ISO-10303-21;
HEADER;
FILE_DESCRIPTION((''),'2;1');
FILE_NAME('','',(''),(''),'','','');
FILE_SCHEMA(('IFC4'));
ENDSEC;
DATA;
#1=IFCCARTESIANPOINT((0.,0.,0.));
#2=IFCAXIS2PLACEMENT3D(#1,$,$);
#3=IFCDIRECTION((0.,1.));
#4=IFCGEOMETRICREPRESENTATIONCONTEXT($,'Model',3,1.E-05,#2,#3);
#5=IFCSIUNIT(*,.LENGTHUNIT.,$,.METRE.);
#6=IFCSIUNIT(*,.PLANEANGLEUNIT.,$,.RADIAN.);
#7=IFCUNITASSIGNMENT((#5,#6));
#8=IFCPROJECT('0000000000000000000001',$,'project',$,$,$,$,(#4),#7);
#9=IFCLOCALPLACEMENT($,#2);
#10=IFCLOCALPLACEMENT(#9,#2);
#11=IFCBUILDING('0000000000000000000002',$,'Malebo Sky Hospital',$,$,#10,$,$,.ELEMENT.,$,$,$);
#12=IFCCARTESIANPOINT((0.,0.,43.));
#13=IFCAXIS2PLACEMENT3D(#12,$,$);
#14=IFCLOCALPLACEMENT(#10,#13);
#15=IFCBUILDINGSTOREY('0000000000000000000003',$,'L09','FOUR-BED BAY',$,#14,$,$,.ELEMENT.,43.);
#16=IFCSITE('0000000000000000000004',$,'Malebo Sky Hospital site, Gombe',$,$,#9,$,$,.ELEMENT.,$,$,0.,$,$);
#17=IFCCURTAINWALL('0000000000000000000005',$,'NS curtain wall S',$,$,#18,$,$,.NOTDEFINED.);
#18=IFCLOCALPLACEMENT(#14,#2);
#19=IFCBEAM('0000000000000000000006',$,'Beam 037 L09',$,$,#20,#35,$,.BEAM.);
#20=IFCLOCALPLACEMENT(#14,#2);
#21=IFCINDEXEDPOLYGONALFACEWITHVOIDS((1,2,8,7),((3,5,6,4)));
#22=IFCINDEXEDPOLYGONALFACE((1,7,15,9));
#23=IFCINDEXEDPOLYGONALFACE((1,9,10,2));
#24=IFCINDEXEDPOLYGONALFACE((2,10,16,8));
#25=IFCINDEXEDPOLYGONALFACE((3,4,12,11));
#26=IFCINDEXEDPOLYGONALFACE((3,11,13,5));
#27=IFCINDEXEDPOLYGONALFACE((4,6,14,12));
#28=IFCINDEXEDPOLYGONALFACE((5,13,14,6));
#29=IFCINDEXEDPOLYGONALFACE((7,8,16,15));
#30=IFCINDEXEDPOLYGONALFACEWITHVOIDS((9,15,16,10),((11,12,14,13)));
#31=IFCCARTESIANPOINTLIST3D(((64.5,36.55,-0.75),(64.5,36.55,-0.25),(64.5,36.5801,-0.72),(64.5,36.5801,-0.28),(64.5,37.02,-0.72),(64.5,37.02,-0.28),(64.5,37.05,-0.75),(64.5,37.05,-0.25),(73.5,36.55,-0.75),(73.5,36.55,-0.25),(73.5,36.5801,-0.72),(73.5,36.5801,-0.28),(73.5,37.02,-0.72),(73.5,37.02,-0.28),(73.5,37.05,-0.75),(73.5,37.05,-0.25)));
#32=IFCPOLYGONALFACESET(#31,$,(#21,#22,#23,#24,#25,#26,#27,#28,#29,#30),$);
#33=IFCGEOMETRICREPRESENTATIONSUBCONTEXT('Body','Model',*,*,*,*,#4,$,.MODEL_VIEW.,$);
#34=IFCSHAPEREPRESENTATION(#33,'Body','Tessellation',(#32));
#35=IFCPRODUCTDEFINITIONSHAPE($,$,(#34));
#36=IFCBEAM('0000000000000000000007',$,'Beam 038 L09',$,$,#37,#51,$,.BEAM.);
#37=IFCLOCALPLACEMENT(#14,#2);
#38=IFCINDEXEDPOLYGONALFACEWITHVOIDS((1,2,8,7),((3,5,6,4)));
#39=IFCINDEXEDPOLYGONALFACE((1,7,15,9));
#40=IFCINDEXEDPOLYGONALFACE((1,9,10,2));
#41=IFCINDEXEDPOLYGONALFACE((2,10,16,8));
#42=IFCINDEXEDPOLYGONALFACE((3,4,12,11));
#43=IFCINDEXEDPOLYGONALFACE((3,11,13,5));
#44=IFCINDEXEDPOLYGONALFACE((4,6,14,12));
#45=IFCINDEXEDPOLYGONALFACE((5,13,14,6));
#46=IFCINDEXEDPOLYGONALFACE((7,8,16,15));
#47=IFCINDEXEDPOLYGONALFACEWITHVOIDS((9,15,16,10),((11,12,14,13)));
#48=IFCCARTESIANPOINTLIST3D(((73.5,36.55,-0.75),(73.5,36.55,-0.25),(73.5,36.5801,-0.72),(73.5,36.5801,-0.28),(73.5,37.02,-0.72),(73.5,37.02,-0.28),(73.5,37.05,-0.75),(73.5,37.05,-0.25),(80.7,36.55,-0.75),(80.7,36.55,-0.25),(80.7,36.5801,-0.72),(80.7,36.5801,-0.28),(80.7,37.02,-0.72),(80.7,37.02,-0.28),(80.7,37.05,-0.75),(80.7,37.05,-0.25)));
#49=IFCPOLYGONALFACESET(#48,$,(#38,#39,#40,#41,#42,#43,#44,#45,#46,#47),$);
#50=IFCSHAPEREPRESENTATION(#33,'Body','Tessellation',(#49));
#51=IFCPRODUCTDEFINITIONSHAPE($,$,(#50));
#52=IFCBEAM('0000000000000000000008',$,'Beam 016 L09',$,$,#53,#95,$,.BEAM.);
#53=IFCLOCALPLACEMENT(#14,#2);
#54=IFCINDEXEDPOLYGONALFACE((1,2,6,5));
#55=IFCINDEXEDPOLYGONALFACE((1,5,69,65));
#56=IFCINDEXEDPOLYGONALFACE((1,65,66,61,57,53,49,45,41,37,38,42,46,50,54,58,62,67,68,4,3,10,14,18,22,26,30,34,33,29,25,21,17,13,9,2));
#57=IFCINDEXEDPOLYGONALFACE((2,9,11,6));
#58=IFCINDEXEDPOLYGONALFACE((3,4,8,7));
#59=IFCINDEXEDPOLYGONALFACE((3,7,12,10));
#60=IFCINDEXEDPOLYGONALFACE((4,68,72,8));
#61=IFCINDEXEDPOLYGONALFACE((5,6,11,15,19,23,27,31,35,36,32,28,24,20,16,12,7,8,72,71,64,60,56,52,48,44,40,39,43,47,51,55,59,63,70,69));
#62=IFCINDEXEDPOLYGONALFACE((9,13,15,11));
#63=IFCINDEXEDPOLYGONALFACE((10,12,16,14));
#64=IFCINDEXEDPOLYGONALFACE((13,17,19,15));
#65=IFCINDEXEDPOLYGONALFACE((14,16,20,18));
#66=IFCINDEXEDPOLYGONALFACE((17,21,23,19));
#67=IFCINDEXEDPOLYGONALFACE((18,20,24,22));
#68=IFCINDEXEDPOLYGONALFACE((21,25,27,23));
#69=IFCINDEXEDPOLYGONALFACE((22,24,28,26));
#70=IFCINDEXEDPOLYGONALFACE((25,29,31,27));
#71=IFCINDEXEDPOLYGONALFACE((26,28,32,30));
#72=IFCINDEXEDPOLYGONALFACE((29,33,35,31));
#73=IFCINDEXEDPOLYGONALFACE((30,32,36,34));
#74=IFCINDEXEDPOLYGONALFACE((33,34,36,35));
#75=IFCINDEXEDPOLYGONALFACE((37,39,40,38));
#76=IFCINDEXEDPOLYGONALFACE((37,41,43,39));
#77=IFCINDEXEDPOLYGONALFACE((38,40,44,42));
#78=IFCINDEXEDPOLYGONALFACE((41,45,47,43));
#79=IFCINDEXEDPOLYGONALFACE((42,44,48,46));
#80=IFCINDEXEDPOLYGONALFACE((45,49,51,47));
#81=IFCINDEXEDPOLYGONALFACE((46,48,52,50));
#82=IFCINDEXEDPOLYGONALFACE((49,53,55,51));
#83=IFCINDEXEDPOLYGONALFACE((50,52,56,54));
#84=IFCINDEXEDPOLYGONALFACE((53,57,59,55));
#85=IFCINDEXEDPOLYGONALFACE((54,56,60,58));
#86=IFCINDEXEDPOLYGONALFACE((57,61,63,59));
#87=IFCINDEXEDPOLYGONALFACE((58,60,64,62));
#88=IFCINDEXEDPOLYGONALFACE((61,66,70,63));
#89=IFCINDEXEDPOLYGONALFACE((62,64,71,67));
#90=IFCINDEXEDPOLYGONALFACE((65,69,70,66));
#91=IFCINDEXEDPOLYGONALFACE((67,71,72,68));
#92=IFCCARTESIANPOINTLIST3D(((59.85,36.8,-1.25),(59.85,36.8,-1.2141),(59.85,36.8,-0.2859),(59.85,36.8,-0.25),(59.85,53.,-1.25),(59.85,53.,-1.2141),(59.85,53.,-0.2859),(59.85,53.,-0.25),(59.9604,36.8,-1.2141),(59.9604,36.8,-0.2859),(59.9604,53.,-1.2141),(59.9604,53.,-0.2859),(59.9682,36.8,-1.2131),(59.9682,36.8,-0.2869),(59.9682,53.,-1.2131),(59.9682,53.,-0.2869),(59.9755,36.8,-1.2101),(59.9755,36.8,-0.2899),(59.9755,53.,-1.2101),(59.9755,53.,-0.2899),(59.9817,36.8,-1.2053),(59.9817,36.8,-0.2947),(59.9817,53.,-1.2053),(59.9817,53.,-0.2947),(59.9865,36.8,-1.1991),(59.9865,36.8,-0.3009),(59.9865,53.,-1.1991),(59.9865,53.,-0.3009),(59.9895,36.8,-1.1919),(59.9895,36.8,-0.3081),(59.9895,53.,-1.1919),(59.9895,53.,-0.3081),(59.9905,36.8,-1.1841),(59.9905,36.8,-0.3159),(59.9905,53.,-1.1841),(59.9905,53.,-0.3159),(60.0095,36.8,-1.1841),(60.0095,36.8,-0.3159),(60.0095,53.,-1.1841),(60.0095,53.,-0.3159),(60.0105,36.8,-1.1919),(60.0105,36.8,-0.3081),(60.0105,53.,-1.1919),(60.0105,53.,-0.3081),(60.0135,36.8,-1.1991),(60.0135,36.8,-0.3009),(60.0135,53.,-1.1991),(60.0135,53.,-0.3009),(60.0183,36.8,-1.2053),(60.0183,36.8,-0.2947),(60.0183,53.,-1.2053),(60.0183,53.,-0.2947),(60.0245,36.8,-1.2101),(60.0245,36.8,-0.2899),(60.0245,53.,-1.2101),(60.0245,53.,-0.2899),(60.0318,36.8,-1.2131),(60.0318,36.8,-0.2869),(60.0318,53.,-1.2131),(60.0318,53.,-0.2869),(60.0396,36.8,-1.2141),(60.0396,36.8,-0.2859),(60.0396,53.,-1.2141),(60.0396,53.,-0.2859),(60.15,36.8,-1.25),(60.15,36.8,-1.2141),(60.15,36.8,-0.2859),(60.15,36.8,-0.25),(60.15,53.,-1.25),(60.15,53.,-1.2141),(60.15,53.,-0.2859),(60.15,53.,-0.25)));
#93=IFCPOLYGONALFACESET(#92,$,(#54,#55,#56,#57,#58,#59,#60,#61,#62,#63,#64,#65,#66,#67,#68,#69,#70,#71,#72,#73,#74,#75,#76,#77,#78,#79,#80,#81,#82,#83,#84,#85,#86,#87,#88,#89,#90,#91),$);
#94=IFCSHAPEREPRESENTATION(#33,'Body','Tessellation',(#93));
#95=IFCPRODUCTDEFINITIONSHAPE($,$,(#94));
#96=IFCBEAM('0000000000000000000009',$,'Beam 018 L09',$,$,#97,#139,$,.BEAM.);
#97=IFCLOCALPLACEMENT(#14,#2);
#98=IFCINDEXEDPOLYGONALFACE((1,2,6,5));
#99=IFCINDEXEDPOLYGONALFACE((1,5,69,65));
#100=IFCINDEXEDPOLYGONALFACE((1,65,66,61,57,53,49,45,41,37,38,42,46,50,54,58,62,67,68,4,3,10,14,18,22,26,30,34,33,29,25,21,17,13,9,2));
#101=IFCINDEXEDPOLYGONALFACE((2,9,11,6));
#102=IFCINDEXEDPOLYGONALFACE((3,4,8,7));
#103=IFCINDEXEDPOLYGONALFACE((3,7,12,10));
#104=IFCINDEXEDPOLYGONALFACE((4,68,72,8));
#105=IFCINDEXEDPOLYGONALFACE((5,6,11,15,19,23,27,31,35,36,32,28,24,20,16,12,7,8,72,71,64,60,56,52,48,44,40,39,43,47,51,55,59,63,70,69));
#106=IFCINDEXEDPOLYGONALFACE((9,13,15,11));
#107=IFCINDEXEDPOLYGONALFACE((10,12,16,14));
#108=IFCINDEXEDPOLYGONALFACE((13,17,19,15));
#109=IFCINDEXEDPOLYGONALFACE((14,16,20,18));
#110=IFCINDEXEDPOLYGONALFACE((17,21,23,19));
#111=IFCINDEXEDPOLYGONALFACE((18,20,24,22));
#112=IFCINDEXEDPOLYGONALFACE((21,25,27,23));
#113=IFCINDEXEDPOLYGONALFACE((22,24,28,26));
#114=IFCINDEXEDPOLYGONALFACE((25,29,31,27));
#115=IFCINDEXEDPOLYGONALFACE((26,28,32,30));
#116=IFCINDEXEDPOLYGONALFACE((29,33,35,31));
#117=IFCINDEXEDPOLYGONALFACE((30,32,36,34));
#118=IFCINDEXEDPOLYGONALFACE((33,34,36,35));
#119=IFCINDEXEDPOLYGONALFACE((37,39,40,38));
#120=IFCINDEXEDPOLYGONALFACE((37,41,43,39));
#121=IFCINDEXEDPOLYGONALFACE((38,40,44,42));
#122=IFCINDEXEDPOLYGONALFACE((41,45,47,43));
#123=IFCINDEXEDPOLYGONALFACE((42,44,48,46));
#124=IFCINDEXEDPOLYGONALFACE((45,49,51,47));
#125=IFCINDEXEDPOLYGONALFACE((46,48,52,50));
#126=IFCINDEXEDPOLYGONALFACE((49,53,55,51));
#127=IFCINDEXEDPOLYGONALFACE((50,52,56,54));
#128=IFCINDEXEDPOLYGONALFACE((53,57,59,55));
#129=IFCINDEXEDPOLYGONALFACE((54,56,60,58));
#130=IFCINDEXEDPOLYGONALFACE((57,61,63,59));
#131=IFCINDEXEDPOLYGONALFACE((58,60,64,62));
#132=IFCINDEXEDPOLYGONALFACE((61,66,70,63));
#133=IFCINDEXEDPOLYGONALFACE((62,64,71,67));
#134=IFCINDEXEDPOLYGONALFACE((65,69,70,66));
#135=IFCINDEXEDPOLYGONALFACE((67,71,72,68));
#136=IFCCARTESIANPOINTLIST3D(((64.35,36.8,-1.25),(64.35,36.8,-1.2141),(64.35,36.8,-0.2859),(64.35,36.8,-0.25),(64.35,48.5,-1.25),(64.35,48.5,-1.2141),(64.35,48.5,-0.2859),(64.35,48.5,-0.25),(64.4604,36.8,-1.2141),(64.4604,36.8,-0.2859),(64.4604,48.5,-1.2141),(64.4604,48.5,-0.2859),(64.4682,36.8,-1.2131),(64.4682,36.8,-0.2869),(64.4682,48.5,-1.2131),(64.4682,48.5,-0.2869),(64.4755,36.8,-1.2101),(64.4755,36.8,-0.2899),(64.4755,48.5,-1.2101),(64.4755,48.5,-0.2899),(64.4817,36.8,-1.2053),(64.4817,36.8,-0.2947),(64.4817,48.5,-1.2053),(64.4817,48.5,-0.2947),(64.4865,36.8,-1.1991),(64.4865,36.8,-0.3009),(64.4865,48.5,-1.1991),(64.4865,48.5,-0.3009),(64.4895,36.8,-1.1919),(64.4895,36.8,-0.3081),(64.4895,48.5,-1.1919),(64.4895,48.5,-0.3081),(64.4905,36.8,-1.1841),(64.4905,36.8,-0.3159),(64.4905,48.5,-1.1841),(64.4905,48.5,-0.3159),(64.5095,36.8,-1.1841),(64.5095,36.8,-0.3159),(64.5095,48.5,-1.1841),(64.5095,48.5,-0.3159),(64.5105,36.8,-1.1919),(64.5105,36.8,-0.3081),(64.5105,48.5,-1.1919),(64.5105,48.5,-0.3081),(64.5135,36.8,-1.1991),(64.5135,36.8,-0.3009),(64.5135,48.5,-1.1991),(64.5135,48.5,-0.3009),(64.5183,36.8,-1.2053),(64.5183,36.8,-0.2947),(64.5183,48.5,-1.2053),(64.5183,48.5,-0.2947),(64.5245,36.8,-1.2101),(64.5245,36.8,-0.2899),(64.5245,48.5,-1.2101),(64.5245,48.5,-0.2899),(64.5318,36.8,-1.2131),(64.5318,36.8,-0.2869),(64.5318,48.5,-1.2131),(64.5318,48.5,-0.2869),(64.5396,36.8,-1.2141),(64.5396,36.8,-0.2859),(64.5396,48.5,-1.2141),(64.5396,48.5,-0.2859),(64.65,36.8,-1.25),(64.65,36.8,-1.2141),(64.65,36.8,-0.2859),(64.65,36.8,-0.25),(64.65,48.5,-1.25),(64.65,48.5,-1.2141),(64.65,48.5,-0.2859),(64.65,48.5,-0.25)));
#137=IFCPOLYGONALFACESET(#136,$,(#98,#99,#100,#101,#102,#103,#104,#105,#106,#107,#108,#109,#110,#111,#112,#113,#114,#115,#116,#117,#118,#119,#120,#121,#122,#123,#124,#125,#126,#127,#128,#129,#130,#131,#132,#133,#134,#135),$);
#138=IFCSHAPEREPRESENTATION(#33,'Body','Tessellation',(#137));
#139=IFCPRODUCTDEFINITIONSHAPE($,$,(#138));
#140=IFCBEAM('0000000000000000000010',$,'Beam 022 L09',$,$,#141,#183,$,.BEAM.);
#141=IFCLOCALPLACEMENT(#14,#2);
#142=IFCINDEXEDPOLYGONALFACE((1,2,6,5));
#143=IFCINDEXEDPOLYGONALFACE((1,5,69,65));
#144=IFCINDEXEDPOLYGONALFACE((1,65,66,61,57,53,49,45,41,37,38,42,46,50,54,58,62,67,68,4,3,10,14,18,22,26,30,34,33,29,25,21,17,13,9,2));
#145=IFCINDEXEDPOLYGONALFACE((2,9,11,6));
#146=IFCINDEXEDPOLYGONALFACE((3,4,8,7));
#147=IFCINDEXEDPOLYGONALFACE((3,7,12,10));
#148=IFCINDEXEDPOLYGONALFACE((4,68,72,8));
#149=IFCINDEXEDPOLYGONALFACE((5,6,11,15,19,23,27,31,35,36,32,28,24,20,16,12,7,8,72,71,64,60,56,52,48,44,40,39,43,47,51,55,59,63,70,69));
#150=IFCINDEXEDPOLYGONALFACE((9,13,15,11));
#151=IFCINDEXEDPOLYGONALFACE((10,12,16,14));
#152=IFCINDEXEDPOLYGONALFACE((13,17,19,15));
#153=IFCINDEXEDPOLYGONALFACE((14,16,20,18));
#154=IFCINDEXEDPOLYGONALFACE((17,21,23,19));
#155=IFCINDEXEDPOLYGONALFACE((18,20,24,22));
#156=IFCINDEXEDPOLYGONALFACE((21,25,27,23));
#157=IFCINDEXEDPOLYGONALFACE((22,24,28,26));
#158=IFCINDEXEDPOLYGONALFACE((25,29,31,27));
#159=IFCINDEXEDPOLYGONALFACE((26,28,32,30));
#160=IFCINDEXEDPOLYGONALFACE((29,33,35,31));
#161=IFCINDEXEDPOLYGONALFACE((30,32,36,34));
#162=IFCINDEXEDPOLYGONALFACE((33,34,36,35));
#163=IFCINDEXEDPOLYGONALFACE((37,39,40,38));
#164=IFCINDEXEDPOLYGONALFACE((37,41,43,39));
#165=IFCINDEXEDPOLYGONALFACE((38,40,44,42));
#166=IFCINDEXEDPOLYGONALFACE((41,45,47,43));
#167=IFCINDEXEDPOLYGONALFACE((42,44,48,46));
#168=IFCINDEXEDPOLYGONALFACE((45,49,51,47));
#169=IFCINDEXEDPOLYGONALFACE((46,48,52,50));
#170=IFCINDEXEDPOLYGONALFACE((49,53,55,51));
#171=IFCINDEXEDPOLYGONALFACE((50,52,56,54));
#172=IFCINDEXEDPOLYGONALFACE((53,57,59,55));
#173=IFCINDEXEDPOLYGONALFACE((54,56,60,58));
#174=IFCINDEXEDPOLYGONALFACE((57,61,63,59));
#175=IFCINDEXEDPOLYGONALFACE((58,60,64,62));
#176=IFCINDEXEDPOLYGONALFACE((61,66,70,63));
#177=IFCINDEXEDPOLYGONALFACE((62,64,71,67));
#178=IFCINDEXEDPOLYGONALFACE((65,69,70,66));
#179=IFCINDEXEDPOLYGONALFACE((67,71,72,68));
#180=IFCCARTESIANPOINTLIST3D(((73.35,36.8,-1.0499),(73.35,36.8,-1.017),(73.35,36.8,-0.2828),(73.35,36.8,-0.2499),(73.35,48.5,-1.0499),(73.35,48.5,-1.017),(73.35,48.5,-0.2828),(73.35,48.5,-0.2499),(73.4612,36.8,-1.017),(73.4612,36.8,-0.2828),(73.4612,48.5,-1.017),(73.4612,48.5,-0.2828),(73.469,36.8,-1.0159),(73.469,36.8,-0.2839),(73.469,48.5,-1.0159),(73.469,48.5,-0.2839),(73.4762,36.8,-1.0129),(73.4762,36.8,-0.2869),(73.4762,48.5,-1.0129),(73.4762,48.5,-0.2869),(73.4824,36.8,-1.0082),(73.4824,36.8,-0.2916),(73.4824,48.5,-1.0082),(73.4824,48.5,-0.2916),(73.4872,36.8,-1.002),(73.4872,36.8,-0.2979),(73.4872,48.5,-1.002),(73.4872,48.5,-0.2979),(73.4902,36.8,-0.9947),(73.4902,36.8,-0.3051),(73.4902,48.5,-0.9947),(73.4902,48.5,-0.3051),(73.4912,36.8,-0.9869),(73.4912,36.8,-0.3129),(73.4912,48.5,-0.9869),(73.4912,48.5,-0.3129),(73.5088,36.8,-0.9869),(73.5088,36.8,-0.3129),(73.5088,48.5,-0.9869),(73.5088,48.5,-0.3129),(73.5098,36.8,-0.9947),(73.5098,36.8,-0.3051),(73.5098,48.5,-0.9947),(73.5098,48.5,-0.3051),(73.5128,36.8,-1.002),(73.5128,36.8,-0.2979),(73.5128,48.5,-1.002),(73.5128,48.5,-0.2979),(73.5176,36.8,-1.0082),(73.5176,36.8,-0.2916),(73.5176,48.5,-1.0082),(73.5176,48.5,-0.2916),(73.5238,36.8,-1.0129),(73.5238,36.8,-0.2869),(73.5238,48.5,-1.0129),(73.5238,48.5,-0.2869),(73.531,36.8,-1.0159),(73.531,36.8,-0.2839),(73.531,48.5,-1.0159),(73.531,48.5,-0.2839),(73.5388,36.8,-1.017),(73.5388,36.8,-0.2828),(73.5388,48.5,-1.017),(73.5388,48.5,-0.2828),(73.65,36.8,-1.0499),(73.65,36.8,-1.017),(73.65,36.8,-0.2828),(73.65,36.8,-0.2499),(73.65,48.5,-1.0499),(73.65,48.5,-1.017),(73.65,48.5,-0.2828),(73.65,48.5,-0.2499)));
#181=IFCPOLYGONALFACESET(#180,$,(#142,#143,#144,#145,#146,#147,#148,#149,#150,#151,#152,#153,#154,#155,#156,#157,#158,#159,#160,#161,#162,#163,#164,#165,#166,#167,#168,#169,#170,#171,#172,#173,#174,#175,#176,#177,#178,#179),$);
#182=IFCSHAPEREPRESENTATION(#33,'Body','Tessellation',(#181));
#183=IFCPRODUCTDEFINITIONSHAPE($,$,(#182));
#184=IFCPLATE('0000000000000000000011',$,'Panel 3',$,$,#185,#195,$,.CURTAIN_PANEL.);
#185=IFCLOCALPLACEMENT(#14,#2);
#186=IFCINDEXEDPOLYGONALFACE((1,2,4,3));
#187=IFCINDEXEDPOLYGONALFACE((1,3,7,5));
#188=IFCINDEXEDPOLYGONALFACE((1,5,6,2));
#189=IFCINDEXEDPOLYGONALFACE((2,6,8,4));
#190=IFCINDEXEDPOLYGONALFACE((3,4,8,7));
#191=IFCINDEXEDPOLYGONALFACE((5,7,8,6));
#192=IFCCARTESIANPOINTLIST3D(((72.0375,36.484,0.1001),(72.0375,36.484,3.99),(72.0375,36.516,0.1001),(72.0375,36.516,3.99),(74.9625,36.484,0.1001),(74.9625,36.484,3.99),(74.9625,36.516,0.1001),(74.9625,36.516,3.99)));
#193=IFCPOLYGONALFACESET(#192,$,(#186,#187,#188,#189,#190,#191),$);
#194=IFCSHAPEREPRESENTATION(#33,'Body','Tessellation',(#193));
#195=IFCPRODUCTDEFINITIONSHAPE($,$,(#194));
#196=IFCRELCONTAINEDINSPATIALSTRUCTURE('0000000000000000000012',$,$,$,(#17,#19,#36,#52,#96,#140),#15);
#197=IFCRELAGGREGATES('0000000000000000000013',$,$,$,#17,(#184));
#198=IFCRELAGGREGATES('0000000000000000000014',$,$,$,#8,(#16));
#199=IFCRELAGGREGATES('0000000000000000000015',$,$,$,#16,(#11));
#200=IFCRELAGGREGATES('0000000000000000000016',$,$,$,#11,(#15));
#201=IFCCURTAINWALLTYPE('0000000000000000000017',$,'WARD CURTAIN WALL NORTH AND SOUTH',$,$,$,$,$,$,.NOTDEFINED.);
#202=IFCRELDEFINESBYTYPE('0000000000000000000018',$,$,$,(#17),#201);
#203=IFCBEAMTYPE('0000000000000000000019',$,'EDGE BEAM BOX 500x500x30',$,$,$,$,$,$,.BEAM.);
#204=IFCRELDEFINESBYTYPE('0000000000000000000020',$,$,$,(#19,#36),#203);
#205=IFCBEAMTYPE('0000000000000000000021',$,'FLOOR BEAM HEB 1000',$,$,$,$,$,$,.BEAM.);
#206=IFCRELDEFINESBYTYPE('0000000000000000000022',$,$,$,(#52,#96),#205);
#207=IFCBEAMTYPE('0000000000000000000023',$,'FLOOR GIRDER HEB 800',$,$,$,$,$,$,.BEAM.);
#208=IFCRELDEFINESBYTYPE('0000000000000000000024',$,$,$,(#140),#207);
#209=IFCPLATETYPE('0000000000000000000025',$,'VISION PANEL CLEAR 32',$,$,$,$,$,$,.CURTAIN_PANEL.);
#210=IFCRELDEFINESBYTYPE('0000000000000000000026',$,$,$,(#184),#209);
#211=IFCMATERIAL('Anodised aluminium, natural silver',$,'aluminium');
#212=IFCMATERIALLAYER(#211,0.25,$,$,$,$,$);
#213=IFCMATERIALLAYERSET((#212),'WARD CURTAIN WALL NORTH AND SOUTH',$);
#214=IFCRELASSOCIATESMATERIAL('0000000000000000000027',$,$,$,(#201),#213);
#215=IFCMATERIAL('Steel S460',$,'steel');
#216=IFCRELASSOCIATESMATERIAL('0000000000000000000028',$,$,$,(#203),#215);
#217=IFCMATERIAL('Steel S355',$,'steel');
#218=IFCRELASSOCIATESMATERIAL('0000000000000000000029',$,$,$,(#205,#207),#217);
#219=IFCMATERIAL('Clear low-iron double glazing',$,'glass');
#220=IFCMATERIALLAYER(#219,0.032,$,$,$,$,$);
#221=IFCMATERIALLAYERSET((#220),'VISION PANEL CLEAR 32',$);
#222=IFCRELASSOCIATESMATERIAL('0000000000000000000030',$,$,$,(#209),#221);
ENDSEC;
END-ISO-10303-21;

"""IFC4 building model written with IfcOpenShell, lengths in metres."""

from ifc_helpers import new_model, si_unit, direction, frame, origin, origin_2d, place, context, subcontext, project, spatial, rectangle, hollow_rectangle, i_section, extrude, material, layer, layer_set, material_profile, profile_set, type_object, element, aggregate, save


model = new_model("IFC4")

# Units and contexts
model_context = context("Model", 3, precision=1e-05, world=origin(), true_north=direction((0.0, 1.0)))
body_context = subcontext(model_context, "Body", "Model", "MODEL_VIEW")
ifc_project = project(units=[si_unit("LENGTHUNIT", "METRE"), si_unit("PLANEANGLEUNIT", "RADIAN")], contexts=[model_context])

# Site, building, storey
site_placement = place(None, origin())
site = spatial("IfcSite", under=ifc_project, at=site_placement, Name="Malebo Sky Hospital site, Gombe", CompositionType="ELEMENT", RefElevation=0.0)
building_placement = place(site_placement, origin())
building = spatial("IfcBuilding", under=site, at=building_placement, Name="Malebo Sky Hospital", CompositionType="ELEMENT")
storey_placement = place(building_placement, frame((0.0, 0.0, 43.0)))
storey = spatial("IfcBuildingStorey", under=building, at=storey_placement, Name="L09", Description="FOUR-BED BAY", CompositionType="ELEMENT", Elevation=43.0)

# Shared definitions
ifc_material_1 = material(Name="Steel S460", Category="steel")

# Curtain wall
ifc_material_2 = material(Name="Anodised aluminium, natural silver", Category="aluminium")
ifc_layer_1 = layer(ifc_material_2, 0.25)
ifc_layer_set_1 = layer_set([ifc_layer_1], Name="WARD CURTAIN WALL NORTH AND SOUTH")
curtain_wall_type = type_object("IfcCurtainWallType", Name="WARD CURTAIN WALL NORTH AND SOUTH", PredefinedType="NOTDEFINED", material=ifc_layer_set_1)
curtain_wall_placement = place(storey_placement, origin())
curtain_wall = element("IfcCurtainWall", 1, at=curtain_wall_placement, inside=storey, type_object=curtain_wall_type, Name="NS curtain wall S", PredefinedType="NOTDEFINED")

# Shared definitions
ifc_material_3 = material(Name="Steel S355", Category="steel")

# Beams
ifc_material_profile_1 = material_profile(ifc_material_1, hollow_rectangle(XDim=0.5, YDim=0.5, WallThickness=0.03, at=origin_2d()), Name="BOX 500x500x30")
ifc_profile_set_1 = profile_set([ifc_material_profile_1], Name="Steel S460")
beam_type_1 = type_object("IfcBeamType", Name="EDGE BEAM BOX 500x500x30", PredefinedType="BEAM", material=ifc_profile_set_1)
beam_1_placement = place(storey_placement, frame((64.5, 36.8, -0.5), z_axis=(1.0, 0.0, 0.0), x_axis=(0.0, 1.0, 0.0)))
element("IfcBeam", 2, at=beam_1_placement, inside=storey, type_object=beam_type_1, Name="Beam 037 L09", PredefinedType="BEAM", context=body_context, shape_type="SweptSolid", body=[
    extrude(hollow_rectangle(XDim=0.5, YDim=0.5, WallThickness=0.03, at=origin_2d()), origin(), (0.0, 0.0, 1.0), 9.0),
])
beam_2_placement = place(storey_placement, frame((73.5, 36.8, -0.5), z_axis=(1.0, 0.0, 0.0), x_axis=(0.0, 1.0, 0.0)))
element("IfcBeam", 3, at=beam_2_placement, inside=storey, type_object=beam_type_1, Name="Beam 038 L09", PredefinedType="BEAM", context=body_context, shape_type="SweptSolid", body=[
    extrude(hollow_rectangle(XDim=0.5, YDim=0.5, WallThickness=0.03, at=origin_2d()), origin(), (0.0, 0.0, 1.0), 7.2),
])
ifc_material_profile_2 = material_profile(ifc_material_3, i_section(OverallWidth=0.3, OverallDepth=1.0, WebThickness=0.019, FlangeThickness=0.0359, FilletRadius=0.03, at=origin_2d()), Name="HEB 1000")
ifc_profile_set_2 = profile_set([ifc_material_profile_2], Name="Steel S355")
beam_type_2 = type_object("IfcBeamType", Name="FLOOR BEAM HEB 1000", PredefinedType="BEAM", material=ifc_profile_set_2)
beam_3_placement = place(storey_placement, frame((60.0, 36.8, -0.75), z_axis=(0.0, 1.0, 0.0), x_axis=(-1.0, 0.0, 0.0)))
element("IfcBeam", 4, at=beam_3_placement, inside=storey, type_object=beam_type_2, Name="Beam 016 L09", PredefinedType="BEAM", context=body_context, shape_type="SweptSolid", body=[
    extrude(i_section(OverallWidth=0.3, OverallDepth=1.0, WebThickness=0.019, FlangeThickness=0.0359, FilletRadius=0.03, at=origin_2d()), origin(), (0.0, 0.0, 1.0), 16.2),
])
beam_4_placement = place(storey_placement, frame((64.5, 36.8, -0.75), z_axis=(0.0, 1.0, 0.0), x_axis=(-1.0, 0.0, 0.0)))
element("IfcBeam", 5, at=beam_4_placement, inside=storey, type_object=beam_type_2, Name="Beam 018 L09", PredefinedType="BEAM", context=body_context, shape_type="SweptSolid", body=[
    extrude(i_section(OverallWidth=0.3, OverallDepth=1.0, WebThickness=0.019, FlangeThickness=0.0359, FilletRadius=0.03, at=origin_2d()), origin(), (0.0, 0.0, 1.0), 11.7),
])
ifc_material_profile_3 = material_profile(ifc_material_3, i_section(OverallWidth=0.3, OverallDepth=0.8, WebThickness=0.0176, FlangeThickness=0.033, FilletRadius=0.03, at=origin_2d()), Name="HEB 800")
ifc_profile_set_3 = profile_set([ifc_material_profile_3], Name="Steel S355")
beam_type_3 = type_object("IfcBeamType", Name="FLOOR GIRDER HEB 800", PredefinedType="BEAM", material=ifc_profile_set_3)
beam_5_placement = place(storey_placement, frame((73.5, 36.8, -0.6499), z_axis=(0.0, 1.0, 0.0), x_axis=(-1.0, 0.0, 0.0)))
element("IfcBeam", 6, at=beam_5_placement, inside=storey, type_object=beam_type_3, Name="Beam 022 L09", PredefinedType="BEAM", context=body_context, shape_type="SweptSolid", body=[
    extrude(i_section(OverallWidth=0.3, OverallDepth=0.8, WebThickness=0.0176, FlangeThickness=0.033, FilletRadius=0.03, at=origin_2d()), origin(), (0.0, 0.0, 1.0), 11.7),
])

# Plate
ifc_material_4 = material(Name="Clear low-iron double glazing", Category="glass")
ifc_layer_2 = layer(ifc_material_4, 0.032)
ifc_layer_set_2 = layer_set([ifc_layer_2], Name="VISION PANEL CLEAR 32")
plate_type = type_object("IfcPlateType", Name="VISION PANEL CLEAR 32", PredefinedType="CURTAIN_PANEL", material=ifc_layer_set_2)
plate_1_placement = place(storey_placement, frame((73.5, 36.5, 0.1001), z_axis=(0.0, 0.0, 1.0), x_axis=(-1.0, 0.0, 0.0)))
plate_1 = element("IfcPlate", 7, at=plate_1_placement, type_object=plate_type, Name="Panel 3", PredefinedType="CURTAIN_PANEL", context=body_context, shape_type="SweptSolid", body=[
    extrude(rectangle(XDim=2.925, YDim=0.032, at=origin_2d()), origin(), (0.0, 0.0, 1.0), 3.8899),
])
aggregate(curtain_wall, [plate_1])

save(model, "model.ifc")
